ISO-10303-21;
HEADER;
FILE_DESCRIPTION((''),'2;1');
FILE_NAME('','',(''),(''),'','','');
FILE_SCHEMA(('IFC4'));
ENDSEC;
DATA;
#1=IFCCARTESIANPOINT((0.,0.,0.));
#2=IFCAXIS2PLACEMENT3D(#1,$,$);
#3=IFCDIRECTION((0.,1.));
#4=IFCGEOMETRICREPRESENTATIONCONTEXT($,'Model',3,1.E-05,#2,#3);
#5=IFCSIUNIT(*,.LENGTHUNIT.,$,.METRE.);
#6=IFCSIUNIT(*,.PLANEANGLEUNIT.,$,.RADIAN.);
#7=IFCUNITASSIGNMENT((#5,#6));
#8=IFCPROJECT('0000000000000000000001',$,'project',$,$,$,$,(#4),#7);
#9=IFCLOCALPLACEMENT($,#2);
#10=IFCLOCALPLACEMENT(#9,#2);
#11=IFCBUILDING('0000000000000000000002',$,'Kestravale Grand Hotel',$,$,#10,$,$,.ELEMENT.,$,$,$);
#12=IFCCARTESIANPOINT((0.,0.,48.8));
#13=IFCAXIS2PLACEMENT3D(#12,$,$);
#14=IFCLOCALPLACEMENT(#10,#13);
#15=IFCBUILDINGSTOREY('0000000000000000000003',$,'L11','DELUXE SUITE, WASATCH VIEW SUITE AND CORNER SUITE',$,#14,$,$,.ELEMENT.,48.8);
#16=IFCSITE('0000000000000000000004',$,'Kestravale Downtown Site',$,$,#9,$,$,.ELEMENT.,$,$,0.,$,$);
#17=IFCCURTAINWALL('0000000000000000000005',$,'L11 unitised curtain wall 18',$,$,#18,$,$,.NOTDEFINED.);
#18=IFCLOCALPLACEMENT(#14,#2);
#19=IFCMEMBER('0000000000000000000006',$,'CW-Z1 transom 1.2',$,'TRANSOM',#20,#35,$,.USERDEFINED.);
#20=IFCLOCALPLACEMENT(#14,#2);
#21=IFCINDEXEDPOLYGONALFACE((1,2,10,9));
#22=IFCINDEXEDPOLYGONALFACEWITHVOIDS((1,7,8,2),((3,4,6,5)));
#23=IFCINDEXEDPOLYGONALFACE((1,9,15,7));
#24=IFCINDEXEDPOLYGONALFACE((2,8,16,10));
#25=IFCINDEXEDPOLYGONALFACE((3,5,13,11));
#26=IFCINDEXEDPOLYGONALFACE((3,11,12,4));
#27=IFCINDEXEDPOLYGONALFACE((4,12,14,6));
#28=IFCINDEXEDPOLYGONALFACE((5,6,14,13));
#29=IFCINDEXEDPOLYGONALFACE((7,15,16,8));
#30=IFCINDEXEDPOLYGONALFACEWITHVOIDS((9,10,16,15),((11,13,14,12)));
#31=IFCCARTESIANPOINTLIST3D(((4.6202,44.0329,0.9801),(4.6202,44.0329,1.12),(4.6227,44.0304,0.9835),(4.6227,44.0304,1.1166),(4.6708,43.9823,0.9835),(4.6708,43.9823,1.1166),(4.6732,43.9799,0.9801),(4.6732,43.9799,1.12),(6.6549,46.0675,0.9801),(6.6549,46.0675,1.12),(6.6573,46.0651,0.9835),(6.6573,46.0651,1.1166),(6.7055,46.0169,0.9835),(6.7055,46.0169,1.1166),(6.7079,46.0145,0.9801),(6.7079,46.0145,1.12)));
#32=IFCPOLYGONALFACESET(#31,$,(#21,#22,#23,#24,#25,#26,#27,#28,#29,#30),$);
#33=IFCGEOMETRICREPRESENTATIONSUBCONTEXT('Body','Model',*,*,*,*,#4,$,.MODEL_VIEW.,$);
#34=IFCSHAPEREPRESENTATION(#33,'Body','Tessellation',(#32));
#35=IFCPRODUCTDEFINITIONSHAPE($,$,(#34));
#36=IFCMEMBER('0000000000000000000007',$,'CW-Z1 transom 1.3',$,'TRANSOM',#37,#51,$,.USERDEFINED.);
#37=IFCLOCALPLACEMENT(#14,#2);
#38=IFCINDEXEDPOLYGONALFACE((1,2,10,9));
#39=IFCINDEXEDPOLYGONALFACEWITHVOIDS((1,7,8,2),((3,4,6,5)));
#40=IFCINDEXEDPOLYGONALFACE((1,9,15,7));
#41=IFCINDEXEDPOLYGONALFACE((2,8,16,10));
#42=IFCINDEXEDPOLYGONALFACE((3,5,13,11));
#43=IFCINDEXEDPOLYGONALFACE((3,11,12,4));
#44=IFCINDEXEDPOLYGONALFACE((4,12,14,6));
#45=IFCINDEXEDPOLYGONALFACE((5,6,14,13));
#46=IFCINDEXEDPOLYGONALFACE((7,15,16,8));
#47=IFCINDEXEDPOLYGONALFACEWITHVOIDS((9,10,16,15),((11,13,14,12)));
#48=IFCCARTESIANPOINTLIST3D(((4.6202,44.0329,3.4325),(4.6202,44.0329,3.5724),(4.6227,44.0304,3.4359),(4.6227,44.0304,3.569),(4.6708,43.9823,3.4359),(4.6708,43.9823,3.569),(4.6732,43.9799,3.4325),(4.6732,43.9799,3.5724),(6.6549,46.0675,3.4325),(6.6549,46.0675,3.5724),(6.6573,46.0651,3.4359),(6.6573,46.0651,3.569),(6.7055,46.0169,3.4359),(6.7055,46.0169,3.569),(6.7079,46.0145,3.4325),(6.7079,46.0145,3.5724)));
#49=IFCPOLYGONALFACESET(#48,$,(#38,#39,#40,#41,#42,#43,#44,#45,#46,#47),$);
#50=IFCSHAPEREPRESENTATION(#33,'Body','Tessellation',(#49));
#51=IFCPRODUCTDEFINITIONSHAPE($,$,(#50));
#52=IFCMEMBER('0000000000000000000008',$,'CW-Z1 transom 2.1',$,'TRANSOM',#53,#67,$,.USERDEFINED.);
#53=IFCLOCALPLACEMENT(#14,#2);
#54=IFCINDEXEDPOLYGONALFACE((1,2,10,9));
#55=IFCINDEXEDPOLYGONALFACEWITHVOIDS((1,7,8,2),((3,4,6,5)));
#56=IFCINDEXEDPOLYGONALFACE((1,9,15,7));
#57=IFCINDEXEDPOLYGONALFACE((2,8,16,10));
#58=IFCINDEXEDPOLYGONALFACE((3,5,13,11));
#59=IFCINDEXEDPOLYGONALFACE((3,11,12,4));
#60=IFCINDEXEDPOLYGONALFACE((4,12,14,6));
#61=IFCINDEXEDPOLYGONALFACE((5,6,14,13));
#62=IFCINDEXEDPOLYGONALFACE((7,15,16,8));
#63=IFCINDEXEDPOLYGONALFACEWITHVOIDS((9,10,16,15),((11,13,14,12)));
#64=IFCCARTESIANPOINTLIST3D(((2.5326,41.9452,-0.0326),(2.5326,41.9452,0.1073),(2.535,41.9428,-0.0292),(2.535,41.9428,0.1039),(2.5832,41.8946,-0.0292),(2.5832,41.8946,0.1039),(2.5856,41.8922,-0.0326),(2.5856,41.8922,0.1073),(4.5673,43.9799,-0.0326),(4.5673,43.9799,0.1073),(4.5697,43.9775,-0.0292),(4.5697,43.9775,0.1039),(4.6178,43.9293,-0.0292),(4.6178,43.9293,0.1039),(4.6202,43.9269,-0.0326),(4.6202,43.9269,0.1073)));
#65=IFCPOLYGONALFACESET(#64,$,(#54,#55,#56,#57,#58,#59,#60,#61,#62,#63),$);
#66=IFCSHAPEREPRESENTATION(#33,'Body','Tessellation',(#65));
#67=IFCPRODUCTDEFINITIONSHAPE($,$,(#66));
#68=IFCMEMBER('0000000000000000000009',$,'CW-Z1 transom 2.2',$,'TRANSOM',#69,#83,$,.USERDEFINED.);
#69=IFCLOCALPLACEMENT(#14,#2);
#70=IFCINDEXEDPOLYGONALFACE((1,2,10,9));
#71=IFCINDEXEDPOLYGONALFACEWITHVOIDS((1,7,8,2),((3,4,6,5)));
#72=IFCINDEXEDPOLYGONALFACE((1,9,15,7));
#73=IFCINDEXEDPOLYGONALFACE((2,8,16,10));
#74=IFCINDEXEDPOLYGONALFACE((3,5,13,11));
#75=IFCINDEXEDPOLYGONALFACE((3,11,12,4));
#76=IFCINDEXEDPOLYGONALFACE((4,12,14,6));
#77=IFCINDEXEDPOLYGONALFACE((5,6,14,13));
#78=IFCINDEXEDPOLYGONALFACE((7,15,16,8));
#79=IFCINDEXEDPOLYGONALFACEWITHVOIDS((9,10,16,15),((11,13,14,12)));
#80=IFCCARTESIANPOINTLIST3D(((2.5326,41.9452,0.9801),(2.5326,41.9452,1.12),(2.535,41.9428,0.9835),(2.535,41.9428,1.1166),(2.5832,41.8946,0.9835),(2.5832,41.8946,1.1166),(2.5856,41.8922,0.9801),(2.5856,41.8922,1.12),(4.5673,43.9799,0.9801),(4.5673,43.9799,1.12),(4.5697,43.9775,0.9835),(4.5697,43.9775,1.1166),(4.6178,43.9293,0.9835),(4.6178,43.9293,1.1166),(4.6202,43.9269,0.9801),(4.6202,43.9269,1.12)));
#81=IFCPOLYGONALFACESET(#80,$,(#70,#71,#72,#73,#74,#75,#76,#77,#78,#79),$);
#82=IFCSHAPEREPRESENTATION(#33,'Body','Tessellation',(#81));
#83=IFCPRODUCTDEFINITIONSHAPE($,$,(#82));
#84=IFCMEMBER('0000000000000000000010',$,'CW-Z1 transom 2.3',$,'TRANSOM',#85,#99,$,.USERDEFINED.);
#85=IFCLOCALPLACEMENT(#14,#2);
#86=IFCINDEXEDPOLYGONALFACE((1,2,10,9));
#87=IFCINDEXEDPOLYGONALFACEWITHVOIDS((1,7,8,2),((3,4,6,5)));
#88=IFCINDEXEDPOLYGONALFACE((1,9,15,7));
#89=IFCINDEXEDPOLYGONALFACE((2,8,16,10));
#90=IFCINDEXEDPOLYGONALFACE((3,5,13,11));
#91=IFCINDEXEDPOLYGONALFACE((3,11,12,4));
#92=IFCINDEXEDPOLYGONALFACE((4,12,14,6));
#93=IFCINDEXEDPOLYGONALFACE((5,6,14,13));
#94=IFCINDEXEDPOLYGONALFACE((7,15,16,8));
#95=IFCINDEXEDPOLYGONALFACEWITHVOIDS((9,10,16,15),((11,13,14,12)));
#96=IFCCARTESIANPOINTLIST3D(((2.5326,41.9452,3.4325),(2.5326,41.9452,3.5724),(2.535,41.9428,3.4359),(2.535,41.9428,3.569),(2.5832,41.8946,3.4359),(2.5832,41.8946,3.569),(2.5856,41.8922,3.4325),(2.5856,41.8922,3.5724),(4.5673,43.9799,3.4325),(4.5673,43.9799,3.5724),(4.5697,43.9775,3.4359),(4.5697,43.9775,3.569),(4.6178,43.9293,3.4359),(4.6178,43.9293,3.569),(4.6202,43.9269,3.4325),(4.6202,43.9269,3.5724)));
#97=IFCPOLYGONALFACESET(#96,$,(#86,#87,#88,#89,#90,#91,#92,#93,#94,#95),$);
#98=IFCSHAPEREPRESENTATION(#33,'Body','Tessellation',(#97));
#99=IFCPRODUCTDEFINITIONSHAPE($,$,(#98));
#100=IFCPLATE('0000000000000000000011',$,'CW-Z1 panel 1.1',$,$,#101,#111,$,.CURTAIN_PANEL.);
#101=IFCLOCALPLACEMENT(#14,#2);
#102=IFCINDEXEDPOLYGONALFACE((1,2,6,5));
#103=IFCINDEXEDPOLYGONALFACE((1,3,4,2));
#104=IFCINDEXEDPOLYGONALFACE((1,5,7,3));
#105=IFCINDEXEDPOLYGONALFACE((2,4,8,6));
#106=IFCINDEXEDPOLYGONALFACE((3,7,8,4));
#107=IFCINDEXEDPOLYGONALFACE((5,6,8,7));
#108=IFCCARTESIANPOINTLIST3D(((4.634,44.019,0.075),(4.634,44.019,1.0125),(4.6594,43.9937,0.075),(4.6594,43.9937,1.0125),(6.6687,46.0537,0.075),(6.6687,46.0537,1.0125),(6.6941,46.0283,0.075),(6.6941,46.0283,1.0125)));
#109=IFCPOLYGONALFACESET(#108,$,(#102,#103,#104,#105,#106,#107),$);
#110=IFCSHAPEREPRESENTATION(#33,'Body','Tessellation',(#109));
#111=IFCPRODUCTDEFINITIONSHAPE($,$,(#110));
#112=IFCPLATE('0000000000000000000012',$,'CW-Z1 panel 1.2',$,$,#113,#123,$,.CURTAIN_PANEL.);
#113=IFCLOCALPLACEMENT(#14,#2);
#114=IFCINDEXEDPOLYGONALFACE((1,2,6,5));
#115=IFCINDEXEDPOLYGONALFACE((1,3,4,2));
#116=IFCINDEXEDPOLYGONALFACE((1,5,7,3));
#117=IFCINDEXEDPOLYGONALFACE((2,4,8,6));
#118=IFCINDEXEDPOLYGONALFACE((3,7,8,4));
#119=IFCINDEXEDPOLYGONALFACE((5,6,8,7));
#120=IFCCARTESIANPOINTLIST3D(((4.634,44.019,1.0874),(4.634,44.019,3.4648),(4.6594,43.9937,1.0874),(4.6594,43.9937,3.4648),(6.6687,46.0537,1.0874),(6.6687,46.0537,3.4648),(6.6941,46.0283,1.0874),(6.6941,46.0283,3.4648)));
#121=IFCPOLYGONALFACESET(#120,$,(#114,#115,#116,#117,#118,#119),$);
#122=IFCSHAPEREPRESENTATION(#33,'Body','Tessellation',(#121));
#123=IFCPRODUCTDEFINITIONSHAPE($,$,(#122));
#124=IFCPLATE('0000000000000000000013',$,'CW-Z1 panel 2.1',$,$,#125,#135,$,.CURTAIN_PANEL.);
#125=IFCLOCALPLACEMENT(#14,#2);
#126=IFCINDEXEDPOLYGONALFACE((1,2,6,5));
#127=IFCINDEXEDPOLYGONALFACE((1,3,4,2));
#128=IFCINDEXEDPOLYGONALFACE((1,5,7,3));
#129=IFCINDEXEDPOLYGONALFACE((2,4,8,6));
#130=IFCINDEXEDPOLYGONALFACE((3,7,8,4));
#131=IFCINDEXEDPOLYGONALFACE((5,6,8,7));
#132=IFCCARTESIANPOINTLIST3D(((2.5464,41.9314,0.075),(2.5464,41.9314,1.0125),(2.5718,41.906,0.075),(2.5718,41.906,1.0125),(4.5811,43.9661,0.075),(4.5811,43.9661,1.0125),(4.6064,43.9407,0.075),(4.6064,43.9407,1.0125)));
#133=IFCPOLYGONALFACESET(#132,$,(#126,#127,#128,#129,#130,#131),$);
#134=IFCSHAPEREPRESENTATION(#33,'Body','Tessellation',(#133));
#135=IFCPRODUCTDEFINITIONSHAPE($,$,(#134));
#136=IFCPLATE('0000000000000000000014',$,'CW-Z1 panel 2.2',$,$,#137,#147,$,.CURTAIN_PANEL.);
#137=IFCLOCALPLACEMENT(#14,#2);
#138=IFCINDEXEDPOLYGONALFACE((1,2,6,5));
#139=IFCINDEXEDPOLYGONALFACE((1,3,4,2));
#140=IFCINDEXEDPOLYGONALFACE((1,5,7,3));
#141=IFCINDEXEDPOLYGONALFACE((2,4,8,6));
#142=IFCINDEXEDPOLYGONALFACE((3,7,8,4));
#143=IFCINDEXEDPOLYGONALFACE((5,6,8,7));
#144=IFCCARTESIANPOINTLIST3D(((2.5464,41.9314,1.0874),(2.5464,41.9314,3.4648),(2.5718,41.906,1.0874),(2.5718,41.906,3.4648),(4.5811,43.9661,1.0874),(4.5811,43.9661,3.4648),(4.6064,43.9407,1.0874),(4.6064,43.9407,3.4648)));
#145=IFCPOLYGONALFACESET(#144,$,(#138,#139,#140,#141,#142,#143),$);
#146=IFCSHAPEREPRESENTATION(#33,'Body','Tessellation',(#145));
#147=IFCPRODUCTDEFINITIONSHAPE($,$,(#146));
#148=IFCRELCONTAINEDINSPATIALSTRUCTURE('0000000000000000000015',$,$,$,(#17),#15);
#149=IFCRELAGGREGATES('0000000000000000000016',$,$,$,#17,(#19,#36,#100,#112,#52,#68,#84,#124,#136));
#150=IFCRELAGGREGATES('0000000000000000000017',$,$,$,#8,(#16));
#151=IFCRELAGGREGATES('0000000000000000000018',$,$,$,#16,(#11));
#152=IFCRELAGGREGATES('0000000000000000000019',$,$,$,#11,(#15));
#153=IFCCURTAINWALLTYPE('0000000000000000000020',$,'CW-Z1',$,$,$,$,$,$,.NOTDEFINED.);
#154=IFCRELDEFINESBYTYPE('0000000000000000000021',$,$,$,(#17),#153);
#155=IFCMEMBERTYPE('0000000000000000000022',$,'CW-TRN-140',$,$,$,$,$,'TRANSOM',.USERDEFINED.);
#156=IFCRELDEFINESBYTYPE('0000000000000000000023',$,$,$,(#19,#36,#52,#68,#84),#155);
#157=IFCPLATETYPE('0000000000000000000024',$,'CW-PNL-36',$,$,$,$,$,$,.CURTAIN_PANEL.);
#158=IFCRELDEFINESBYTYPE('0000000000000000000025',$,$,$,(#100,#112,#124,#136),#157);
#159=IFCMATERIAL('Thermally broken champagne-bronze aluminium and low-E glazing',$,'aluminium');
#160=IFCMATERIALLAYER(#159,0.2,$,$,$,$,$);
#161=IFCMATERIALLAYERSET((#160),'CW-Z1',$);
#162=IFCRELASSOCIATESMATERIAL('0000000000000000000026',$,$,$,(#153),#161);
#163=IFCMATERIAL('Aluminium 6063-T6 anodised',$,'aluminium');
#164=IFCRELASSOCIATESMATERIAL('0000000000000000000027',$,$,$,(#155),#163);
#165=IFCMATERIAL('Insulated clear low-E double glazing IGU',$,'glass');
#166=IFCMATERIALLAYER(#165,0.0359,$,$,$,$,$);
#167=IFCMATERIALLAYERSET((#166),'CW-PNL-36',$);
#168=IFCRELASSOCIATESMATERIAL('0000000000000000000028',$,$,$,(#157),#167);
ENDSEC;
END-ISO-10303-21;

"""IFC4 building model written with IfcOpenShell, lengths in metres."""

from ifc_helpers import new_model, si_unit, direction, frame, origin, origin_2d, place, context, subcontext, project, spatial, rectangle, hollow_rectangle, extrude, material, layer, layer_set, material_profile, profile_set, type_object, element, aggregate, save


model = new_model("IFC4")

# Units and contexts
model_context = context("Model", 3, precision=1e-05, world=origin(), true_north=direction((0.0, 1.0)))
body_context = subcontext(model_context, "Body", "Model", "MODEL_VIEW")
ifc_project = project(units=[si_unit("LENGTHUNIT", "METRE"), si_unit("PLANEANGLEUNIT", "RADIAN")], contexts=[model_context])

# Site, building, storey
site_placement = place(None, origin())
site = spatial("IfcSite", under=ifc_project, at=site_placement, Name="Kestravale Downtown Site", CompositionType="ELEMENT", RefElevation=0.0)
building_placement = place(site_placement, origin())
building = spatial("IfcBuilding", under=site, at=building_placement, Name="Kestravale Grand Hotel", CompositionType="ELEMENT")
storey_placement = place(building_placement, frame((0.0, 0.0, 48.8)))
storey = spatial("IfcBuildingStorey", under=building, at=storey_placement, Name="L11", Description="DELUXE SUITE, WASATCH VIEW SUITE AND CORNER SUITE", CompositionType="ELEMENT", Elevation=48.8)

# Curtain wall, members, plates
ifc_material_1 = material(Name="Thermally broken champagne-bronze aluminium and low-E glazing", Category="aluminium")
ifc_layer_1 = layer(ifc_material_1, 0.2)
ifc_layer_set_1 = layer_set([ifc_layer_1], Name="CW-Z1")
curtain_wall_type = type_object("IfcCurtainWallType", Name="CW-Z1", PredefinedType="NOTDEFINED", material=ifc_layer_set_1)
curtain_wall_placement = place(storey_placement, origin())
curtain_wall = element("IfcCurtainWall", 1, at=curtain_wall_placement, inside=storey, type_object=curtain_wall_type, Name="L11 unitised curtain wall 18", PredefinedType="NOTDEFINED")
ifc_material_2 = material(Name="Aluminium 6063-T6 anodised", Category="aluminium")
ifc_material_profile_1 = material_profile(ifc_material_2, hollow_rectangle(XDim=0.075, YDim=0.1399, WallThickness=0.0034, at=origin_2d()))
ifc_profile_set_1 = profile_set([ifc_material_profile_1], Name="Aluminium 6063-T6 anodised")
member_type_1 = type_object("IfcMemberType", Name="CW-TRN-140", ElementType="TRANSOM", PredefinedType="USERDEFINED", material=ifc_profile_set_1)
member_1_placement = place(storey_placement, frame((6.6814, 46.041, 1.05), z_axis=(-0.707107, -0.707107, 0.0), x_axis=(0.707107, -0.707107, 0.0)))
member_1 = element("IfcMember", 2, at=member_1_placement, type_object=member_type_1, Name="CW-Z1 transom 1.2", ObjectType="TRANSOM", PredefinedType="USERDEFINED", context=body_context, shape_type="SweptSolid", body=[
    extrude(hollow_rectangle(XDim=0.075, YDim=0.1399, WallThickness=0.0034, at=origin_2d()), origin(), (0.0, 0.0, 1.0), 2.8774),
])
member_2_placement = place(storey_placement, frame((6.6814, 46.041, 3.5024), z_axis=(-0.707107, -0.707107, 0.0), x_axis=(0.707107, -0.707107, 0.0)))
member_2 = element("IfcMember", 3, at=member_2_placement, type_object=member_type_1, Name="CW-Z1 transom 1.3", ObjectType="TRANSOM", PredefinedType="USERDEFINED", context=body_context, shape_type="SweptSolid", body=[
    extrude(hollow_rectangle(XDim=0.075, YDim=0.1399, WallThickness=0.0034, at=origin_2d()), origin(), (0.0, 0.0, 1.0), 2.8774),
])
member_3_placement = place(storey_placement, frame((4.5938, 43.9534, 0.0374), z_axis=(-0.707107, -0.707107, 0.0), x_axis=(0.707107, -0.707107, 0.0)))
member_3 = element("IfcMember", 4, at=member_3_placement, type_object=member_type_1, Name="CW-Z1 transom 2.1", ObjectType="TRANSOM", PredefinedType="USERDEFINED", context=body_context, shape_type="SweptSolid", body=[
    extrude(hollow_rectangle(XDim=0.075, YDim=0.1399, WallThickness=0.0034, at=origin_2d()), origin(), (0.0, 0.0, 1.0), 2.8774),
])
member_4_placement = place(storey_placement, frame((4.5938, 43.9534, 1.05), z_axis=(-0.707107, -0.707107, 0.0), x_axis=(0.707107, -0.707107, 0.0)))
member_4 = element("IfcMember", 5, at=member_4_placement, type_object=member_type_1, Name="CW-Z1 transom 2.2", ObjectType="TRANSOM", PredefinedType="USERDEFINED", context=body_context, shape_type="SweptSolid", body=[
    extrude(hollow_rectangle(XDim=0.075, YDim=0.1399, WallThickness=0.0034, at=origin_2d()), origin(), (0.0, 0.0, 1.0), 2.8774),
])
member_5_placement = place(storey_placement, frame((4.5938, 43.9534, 3.5024), z_axis=(-0.707107, -0.707107, 0.0), x_axis=(0.707107, -0.707107, 0.0)))
member_5 = element("IfcMember", 6, at=member_5_placement, type_object=member_type_1, Name="CW-Z1 transom 2.3", ObjectType="TRANSOM", PredefinedType="USERDEFINED", context=body_context, shape_type="SweptSolid", body=[
    extrude(hollow_rectangle(XDim=0.075, YDim=0.1399, WallThickness=0.0034, at=origin_2d()), origin(), (0.0, 0.0, 1.0), 2.8774),
])
ifc_material_3 = material(Name="Insulated clear low-E double glazing IGU", Category="glass")
ifc_layer_2 = layer(ifc_material_3, 0.0359)
ifc_layer_set_2 = layer_set([ifc_layer_2], Name="CW-PNL-36")
plate_type = type_object("IfcPlateType", Name="CW-PNL-36", PredefinedType="CURTAIN_PANEL", material=ifc_layer_set_2)
plate_1_placement = place(storey_placement, frame((5.6641, 45.0237, 0.075), z_axis=(0.0, 0.0, 1.0), x_axis=(-0.707107, -0.707107, 0.0)))
plate_1 = element("IfcPlate", 7, at=plate_1_placement, type_object=plate_type, Name="CW-Z1 panel 1.1", PredefinedType="CURTAIN_PANEL", context=body_context, shape_type="SweptSolid", body=[
    extrude(rectangle(XDim=2.8774, YDim=0.0359, at=origin_2d()), origin(), (0.0, 0.0, 1.0), 0.9375),
])
plate_2_placement = place(storey_placement, frame((5.6641, 45.0237, 1.0874), z_axis=(0.0, 0.0, 1.0), x_axis=(-0.707107, -0.707107, 0.0)))
plate_2 = element("IfcPlate", 8, at=plate_2_placement, type_object=plate_type, Name="CW-Z1 panel 1.2", PredefinedType="CURTAIN_PANEL", context=body_context, shape_type="SweptSolid", body=[
    extrude(rectangle(XDim=2.8774, YDim=0.0359, at=origin_2d()), origin(), (0.0, 0.0, 1.0), 2.3774),
])
plate_3_placement = place(storey_placement, frame((3.5764, 42.936, 0.075), z_axis=(0.0, 0.0, 1.0), x_axis=(-0.707107, -0.707107, 0.0)))
plate_3 = element("IfcPlate", 9, at=plate_3_placement, type_object=plate_type, Name="CW-Z1 panel 2.1", PredefinedType="CURTAIN_PANEL", context=body_context, shape_type="SweptSolid", body=[
    extrude(rectangle(XDim=2.8774, YDim=0.0359, at=origin_2d()), origin(), (0.0, 0.0, 1.0), 0.9375),
])
plate_4_placement = place(storey_placement, frame((3.5764, 42.936, 1.0874), z_axis=(0.0, 0.0, 1.0), x_axis=(-0.707107, -0.707107, 0.0)))
plate_4 = element("IfcPlate", 10, at=plate_4_placement, type_object=plate_type, Name="CW-Z1 panel 2.2", PredefinedType="CURTAIN_PANEL", context=body_context, shape_type="SweptSolid", body=[
    extrude(rectangle(XDim=2.8774, YDim=0.0359, at=origin_2d()), origin(), (0.0, 0.0, 1.0), 2.3774),
])
aggregate(curtain_wall, [member_1, member_2, plate_1, plate_2, member_3, member_4, member_5, plate_3, plate_4])

save(model, "model.ifc")
